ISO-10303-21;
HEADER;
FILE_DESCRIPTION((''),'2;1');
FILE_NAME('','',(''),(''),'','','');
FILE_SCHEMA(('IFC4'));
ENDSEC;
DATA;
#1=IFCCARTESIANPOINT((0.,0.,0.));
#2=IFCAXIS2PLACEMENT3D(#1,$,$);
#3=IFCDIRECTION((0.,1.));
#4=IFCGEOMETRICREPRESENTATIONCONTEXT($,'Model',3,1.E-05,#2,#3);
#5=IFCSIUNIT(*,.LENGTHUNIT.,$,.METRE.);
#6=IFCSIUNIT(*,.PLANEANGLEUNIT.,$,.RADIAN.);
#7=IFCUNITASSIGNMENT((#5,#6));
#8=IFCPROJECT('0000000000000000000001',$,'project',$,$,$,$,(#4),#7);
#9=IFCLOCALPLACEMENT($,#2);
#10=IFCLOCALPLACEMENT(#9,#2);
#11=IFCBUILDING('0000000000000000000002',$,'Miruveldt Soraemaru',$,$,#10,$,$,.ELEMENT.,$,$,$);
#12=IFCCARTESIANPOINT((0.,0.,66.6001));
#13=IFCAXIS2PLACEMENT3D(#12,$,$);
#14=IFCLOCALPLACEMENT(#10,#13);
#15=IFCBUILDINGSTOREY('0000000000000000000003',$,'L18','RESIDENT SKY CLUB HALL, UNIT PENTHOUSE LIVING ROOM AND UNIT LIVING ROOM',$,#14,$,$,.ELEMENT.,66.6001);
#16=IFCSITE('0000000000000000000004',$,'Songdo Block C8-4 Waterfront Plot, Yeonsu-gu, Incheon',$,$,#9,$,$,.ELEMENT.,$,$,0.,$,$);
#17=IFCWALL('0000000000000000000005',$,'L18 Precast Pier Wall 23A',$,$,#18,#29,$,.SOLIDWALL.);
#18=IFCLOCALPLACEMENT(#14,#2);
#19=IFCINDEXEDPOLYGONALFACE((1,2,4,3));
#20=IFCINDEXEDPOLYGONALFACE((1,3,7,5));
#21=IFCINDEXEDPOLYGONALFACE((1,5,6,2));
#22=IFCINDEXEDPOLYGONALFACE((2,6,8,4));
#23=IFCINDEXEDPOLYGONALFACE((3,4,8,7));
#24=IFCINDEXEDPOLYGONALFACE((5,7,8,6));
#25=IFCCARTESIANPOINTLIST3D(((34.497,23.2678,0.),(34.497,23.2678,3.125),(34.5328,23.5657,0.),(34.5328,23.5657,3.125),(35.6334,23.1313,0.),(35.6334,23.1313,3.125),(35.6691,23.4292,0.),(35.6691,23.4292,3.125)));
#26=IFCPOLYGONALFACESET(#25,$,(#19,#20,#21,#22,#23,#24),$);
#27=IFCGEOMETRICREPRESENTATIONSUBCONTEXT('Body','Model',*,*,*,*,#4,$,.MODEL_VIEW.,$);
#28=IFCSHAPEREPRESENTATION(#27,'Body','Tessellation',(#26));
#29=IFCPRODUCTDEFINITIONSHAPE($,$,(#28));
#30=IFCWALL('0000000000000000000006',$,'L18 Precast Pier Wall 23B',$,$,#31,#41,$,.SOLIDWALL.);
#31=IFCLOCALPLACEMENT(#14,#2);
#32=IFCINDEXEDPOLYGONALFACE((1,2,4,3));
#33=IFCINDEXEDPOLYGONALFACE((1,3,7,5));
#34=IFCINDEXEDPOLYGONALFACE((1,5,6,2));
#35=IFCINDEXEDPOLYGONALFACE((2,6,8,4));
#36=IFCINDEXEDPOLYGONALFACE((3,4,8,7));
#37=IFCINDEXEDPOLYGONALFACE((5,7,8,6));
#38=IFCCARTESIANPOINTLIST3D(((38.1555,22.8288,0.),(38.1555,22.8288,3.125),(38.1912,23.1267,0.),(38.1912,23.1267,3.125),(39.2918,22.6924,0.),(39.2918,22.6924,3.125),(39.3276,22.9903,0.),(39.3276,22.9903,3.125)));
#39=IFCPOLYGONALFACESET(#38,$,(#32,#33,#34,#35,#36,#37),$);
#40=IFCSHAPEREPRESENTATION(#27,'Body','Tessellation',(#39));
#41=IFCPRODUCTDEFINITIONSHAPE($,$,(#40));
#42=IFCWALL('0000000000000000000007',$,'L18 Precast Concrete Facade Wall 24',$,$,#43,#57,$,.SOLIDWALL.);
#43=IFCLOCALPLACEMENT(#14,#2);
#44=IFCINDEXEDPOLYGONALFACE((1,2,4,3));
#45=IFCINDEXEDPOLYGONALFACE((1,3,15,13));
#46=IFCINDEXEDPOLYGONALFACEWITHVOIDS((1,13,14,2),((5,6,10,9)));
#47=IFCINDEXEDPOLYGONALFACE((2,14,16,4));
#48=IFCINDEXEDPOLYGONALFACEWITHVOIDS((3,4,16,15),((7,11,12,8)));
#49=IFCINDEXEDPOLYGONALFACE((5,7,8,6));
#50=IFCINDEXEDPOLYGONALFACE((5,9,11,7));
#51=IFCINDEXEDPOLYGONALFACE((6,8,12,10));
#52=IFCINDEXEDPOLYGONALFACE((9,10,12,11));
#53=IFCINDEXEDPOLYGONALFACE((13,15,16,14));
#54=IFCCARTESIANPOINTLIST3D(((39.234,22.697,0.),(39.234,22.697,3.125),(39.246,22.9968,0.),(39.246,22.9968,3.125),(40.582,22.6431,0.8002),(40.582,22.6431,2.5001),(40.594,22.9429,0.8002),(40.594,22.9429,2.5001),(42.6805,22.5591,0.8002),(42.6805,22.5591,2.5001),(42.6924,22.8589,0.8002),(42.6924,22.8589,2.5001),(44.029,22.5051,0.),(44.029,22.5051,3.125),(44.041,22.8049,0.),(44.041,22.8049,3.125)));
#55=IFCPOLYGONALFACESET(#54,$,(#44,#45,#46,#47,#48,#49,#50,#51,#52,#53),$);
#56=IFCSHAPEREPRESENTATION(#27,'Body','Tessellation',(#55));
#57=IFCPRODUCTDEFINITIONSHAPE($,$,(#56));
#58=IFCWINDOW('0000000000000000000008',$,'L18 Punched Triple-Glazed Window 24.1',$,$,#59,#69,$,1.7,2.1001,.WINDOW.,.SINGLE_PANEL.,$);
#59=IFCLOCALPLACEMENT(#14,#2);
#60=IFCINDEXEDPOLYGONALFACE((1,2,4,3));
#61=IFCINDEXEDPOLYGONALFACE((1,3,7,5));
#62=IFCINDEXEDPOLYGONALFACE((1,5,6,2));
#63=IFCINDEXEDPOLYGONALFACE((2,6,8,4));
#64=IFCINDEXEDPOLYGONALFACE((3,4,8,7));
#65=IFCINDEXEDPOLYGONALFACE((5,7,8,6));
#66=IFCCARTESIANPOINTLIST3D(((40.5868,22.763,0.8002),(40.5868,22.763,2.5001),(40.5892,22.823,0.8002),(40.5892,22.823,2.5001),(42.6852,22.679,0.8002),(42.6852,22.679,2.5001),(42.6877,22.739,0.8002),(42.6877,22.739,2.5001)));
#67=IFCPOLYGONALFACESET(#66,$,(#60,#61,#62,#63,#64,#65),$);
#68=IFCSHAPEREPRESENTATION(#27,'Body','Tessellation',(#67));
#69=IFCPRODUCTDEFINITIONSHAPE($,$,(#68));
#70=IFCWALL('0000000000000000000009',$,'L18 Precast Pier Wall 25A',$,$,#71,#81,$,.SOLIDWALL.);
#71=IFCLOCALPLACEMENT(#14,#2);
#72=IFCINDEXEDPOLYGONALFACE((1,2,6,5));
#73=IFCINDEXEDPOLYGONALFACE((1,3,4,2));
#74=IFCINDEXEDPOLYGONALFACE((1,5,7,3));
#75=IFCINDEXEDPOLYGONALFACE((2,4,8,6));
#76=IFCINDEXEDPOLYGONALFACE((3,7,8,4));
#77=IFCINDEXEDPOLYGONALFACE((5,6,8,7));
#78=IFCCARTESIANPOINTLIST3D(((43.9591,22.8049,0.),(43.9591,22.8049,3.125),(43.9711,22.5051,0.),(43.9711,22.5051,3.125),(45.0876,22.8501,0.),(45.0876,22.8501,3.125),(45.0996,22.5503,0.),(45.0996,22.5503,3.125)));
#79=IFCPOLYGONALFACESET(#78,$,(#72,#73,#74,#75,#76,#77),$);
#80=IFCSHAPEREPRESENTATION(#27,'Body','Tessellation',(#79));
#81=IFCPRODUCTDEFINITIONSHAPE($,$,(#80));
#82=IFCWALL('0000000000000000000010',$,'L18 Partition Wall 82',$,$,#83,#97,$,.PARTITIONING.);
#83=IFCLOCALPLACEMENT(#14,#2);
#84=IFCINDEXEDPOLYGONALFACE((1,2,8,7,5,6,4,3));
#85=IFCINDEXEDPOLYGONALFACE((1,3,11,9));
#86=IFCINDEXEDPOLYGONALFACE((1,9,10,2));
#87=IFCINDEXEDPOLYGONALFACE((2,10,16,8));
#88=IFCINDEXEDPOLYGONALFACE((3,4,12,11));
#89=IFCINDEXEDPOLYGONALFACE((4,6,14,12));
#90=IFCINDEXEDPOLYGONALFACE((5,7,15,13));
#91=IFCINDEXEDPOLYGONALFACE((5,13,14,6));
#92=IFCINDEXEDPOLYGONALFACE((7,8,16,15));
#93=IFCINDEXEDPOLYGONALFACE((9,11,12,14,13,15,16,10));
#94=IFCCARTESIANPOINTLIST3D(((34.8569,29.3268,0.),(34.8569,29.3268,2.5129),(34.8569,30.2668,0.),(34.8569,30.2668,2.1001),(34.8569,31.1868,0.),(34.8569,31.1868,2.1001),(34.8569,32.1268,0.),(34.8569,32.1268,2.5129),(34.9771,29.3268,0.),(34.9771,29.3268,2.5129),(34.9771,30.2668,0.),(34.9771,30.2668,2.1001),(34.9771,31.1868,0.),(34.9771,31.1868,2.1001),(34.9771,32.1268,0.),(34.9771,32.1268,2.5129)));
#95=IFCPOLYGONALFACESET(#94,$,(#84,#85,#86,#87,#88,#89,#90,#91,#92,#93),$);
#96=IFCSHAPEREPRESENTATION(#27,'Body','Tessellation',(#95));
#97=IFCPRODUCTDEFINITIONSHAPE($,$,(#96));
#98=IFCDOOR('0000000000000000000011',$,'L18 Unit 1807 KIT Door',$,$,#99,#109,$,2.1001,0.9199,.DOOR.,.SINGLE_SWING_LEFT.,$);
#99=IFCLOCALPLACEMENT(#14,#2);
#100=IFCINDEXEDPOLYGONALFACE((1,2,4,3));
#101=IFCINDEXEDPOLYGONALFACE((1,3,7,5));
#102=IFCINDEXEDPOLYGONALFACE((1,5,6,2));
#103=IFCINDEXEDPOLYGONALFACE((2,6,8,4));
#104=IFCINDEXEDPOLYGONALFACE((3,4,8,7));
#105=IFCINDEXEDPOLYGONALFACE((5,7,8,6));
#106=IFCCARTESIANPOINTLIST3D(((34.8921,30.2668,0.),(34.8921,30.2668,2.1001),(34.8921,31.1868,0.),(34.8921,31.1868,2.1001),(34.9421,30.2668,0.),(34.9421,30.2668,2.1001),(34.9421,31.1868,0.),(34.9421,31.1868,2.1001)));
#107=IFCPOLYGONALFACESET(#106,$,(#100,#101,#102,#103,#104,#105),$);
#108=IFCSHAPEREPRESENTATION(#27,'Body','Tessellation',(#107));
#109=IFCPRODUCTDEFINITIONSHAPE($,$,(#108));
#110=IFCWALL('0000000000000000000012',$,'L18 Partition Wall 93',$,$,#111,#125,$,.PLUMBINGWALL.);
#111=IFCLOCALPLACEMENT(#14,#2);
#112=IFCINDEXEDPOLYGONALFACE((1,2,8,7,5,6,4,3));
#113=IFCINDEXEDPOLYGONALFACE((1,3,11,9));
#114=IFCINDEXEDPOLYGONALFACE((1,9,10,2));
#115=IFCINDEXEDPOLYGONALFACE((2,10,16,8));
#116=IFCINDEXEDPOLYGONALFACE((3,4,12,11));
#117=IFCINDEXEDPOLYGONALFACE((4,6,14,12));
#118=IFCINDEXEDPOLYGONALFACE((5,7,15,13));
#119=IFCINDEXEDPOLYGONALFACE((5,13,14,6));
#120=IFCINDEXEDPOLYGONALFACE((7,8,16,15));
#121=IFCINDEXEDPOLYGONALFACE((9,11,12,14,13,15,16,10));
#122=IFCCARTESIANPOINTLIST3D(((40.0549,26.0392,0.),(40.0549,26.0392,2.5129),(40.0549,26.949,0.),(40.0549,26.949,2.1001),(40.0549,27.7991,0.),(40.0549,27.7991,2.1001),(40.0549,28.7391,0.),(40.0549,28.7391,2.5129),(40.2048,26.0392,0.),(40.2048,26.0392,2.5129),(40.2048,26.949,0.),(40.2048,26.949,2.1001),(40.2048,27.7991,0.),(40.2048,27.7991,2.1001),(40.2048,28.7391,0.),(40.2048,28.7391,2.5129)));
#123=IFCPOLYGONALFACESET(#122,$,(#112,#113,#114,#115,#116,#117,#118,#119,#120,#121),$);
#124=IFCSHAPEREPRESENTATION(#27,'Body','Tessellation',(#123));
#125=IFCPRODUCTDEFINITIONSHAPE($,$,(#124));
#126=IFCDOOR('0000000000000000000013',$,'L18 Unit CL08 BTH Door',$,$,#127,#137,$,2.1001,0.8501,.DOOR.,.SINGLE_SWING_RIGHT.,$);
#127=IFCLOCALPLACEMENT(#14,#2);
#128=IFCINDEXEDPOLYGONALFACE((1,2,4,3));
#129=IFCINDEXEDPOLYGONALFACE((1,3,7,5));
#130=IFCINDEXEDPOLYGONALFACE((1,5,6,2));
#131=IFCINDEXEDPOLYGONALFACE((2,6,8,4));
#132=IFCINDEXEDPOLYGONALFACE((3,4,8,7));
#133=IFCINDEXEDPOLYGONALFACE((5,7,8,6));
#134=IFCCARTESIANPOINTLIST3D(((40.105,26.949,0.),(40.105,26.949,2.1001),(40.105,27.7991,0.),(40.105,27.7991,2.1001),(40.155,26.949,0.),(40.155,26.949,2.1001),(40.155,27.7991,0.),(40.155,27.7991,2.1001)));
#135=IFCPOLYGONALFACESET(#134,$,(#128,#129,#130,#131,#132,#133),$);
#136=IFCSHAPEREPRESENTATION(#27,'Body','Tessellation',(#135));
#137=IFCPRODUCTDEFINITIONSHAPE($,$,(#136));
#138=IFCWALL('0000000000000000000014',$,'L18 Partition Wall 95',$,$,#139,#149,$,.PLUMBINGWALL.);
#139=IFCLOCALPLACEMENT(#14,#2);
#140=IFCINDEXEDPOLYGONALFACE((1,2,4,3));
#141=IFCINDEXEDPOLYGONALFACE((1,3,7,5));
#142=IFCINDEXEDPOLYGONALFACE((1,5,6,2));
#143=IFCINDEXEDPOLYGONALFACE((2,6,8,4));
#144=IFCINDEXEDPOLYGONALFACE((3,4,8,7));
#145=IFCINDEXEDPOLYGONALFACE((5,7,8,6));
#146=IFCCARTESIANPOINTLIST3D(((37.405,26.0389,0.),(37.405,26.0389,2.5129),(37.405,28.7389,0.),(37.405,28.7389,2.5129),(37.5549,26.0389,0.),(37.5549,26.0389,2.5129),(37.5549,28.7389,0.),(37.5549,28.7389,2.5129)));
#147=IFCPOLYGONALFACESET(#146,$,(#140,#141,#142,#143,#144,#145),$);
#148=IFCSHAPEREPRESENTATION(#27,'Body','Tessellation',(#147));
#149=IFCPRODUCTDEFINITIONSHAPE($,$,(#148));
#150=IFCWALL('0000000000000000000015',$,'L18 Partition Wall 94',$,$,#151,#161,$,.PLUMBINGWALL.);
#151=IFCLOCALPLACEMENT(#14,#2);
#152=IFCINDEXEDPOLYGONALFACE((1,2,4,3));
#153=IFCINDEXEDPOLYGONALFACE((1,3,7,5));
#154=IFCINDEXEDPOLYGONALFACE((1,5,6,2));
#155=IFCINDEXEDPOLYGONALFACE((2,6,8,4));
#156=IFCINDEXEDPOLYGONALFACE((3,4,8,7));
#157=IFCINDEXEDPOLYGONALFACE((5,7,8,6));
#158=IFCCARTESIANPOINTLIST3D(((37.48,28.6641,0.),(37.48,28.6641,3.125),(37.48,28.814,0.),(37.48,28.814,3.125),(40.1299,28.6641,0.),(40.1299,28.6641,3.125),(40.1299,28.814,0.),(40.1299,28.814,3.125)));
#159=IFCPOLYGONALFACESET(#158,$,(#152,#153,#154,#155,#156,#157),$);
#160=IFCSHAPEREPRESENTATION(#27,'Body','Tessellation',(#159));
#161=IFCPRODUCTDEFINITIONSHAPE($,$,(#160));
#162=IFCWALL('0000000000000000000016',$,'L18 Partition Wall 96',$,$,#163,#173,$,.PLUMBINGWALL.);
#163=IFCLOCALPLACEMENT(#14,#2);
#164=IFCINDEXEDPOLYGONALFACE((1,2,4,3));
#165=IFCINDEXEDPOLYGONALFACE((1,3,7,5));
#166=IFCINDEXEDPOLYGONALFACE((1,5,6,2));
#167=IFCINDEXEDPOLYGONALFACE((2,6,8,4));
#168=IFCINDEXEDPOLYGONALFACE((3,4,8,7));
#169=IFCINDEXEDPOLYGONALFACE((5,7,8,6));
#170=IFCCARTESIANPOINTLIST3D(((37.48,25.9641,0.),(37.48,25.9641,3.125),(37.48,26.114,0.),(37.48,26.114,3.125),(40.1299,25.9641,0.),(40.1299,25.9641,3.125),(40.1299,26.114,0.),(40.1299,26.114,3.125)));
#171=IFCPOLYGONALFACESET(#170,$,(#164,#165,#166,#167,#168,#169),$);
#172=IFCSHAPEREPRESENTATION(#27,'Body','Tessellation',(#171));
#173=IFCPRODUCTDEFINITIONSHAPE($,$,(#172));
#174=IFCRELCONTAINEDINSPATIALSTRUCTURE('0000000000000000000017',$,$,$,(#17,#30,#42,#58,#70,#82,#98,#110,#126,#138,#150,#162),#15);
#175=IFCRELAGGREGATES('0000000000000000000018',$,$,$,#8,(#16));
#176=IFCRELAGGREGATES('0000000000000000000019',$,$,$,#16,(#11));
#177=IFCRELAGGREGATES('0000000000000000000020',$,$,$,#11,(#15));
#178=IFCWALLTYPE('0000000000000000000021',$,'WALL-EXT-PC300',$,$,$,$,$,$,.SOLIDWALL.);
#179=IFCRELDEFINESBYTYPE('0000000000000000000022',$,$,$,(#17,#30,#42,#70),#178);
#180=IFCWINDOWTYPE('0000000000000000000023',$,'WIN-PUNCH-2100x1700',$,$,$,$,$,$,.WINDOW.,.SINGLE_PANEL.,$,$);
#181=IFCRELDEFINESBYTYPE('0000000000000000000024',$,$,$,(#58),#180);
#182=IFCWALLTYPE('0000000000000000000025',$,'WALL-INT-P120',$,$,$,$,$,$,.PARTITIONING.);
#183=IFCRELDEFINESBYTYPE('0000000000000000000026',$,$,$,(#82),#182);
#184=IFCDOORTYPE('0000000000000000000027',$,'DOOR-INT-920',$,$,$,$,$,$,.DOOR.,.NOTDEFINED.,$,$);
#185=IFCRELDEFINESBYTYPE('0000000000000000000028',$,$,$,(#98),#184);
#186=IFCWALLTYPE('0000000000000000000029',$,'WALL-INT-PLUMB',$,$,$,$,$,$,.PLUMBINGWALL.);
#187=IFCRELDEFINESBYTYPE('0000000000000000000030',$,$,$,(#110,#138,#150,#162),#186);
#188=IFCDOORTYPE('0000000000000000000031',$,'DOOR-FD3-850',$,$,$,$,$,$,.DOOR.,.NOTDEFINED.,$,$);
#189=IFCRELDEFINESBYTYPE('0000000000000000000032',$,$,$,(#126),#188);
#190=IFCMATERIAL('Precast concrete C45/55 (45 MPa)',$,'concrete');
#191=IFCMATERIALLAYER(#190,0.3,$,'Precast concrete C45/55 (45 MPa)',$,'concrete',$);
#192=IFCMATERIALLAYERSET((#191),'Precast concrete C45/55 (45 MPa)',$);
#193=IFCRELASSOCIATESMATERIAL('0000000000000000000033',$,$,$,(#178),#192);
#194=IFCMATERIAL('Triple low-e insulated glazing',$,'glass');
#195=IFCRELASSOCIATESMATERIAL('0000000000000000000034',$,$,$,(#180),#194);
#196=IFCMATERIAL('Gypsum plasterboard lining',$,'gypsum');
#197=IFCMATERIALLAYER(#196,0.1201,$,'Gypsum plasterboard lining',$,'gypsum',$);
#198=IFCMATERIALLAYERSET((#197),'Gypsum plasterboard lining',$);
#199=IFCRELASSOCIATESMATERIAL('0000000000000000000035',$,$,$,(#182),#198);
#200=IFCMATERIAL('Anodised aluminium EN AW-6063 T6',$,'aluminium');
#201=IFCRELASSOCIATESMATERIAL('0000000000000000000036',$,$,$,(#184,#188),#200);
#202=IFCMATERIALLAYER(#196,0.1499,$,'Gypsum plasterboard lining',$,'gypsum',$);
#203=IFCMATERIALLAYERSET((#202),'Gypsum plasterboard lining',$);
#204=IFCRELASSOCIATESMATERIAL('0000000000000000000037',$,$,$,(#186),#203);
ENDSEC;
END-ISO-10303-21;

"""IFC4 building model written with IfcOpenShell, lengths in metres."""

from ifc_helpers import new_model, si_unit, direction, frame, frame_2d, origin, place, context, subcontext, project, spatial, rectangle, extrude, material, layer, layer_set, type_object, element, fill, save


model = new_model("IFC4")

# Units and contexts
model_context = context("Model", 3, precision=1e-05, world=origin(), true_north=direction((0.0, 1.0)))
body_context = subcontext(model_context, "Body", "Model", "MODEL_VIEW")
ifc_project = project(units=[si_unit("LENGTHUNIT", "METRE"), si_unit("PLANEANGLEUNIT", "RADIAN")], contexts=[model_context])

# Site, building, storey
site_placement = place(None, origin())
site = spatial("IfcSite", under=ifc_project, at=site_placement, Name="Songdo Block C8-4 Waterfront Plot, Yeonsu-gu, Incheon", CompositionType="ELEMENT", RefElevation=0.0)
building_placement = place(site_placement, origin())
building = spatial("IfcBuilding", under=site, at=building_placement, Name="Miruveldt Soraemaru", CompositionType="ELEMENT")
storey_placement = place(building_placement, frame((0.0, 0.0, 66.6001)))
storey = spatial("IfcBuildingStorey", under=building, at=storey_placement, Name="L18", Description="RESIDENT SKY CLUB HALL, UNIT PENTHOUSE LIVING ROOM AND UNIT LIVING ROOM", CompositionType="ELEMENT", Elevation=66.6001)

# Shared definitions
ifc_material_1 = material(Name="Anodised aluminium EN AW-6063 T6", Category="aluminium")

# Shared definitions
ifc_material_2 = material(Name="Triple low-e insulated glazing", Category="glass")

# Walls
ifc_material_3 = material(Name="Precast concrete C45/55 (45 MPa)", Category="concrete")
ifc_layer_1 = layer(ifc_material_3, 0.3, Name="Precast concrete C45/55 (45 MPa)", Category="concrete")
ifc_layer_set_1 = layer_set([ifc_layer_1], Name="Precast concrete C45/55 (45 MPa)")
wall_type_1 = type_object("IfcWallType", Name="WALL-EXT-PC300", PredefinedType="SOLIDWALL", material=ifc_layer_set_1)
for number, where, z_axis, x_axis, name in (
    (1, (34.5149, 23.4167, 0.0), (0.0, 0.0, 1.0), (0.992867, -0.119229, 0.0), "L18 Precast Pier Wall 23A"),
    (2, (38.1733, 22.9778, 0.0), (0.0, 0.0, 1.0), (0.992867, -0.119229, 0.0), "L18 Precast Pier Wall 23B"),
):
    element("IfcWall", number, at=place(storey_placement, frame(where, z_axis=z_axis, x_axis=x_axis)), inside=storey, type_object=wall_type_1, Name=name, PredefinedType="SOLIDWALL", context=body_context, shape_type="SweptSolid", body=[
        extrude(rectangle(XDim=1.1445, YDim=0.3, at=frame_2d((0.5723, 0.0))), origin(), (0.0, 0.0, 1.0), 3.125),
    ])

# Wall, opening, window
wall_1_placement = place(storey_placement, frame((39.24, 22.8469, 0.0), z_axis=(0.0, 0.0, 1.0), x_axis=(0.9992, -0.039988, 0.0)))
wall_1 = element("IfcWall", 3, at=wall_1_placement, inside=storey, type_object=wall_type_1, Name="L18 Precast Concrete Facade Wall 24", PredefinedType="SOLIDWALL", context=body_context, shape_type="SweptSolid", body=[
    extrude(rectangle(XDim=4.7988, YDim=0.3, at=frame_2d((2.3994, 0.0))), origin(), (0.0, 0.0, 1.0), 3.125),
])
opening_1_placement = place(wall_1_placement, frame((1.3491, 0.0, 0.8)))
opening_1 = element("IfcOpeningElement", 4, at=opening_1_placement, cuts=wall_1, PredefinedType="OPENING", context=body_context, shape_type="SweptSolid", body=[
    extrude(rectangle(XDim=2.1001, YDim=1.7, at=frame_2d((1.05, 0.8501))), frame((0.0, 0.1602, 0.0), z_axis=(0.0, -1.0, 0.0), x_axis=(1.0, 0.0, 0.0)), (0.0, 0.0, 1.0), 0.3201),
])
window_type_1 = type_object("IfcWindowType", Name="WIN-PUNCH-2100x1700", PartitioningType="SINGLE_PANEL", PredefinedType="WINDOW", material=ifc_material_2)
window_1_placement = place(opening_1_placement, origin())
window_1 = element("IfcWindow", 5, at=window_1_placement, inside=storey, type_object=window_type_1, Name="L18 Punched Triple-Glazed Window 24.1", OverallHeight=1.7, OverallWidth=2.1001, PartitioningType="SINGLE_PANEL", PredefinedType="WINDOW", context=body_context, shape_type="SweptSolid", body=[
    extrude(rectangle(XDim=2.1001, YDim=1.7, at=frame_2d((1.05, 0.8501))), frame((0.0, 0.03, 0.0), z_axis=(0.0, -1.0, 0.0), x_axis=(1.0, 0.0, 0.0)), (0.0, 0.0, 1.0), 0.0601),
])
fill(opening_1, window_1)

# Wall
wall_2_placement = place(storey_placement, frame((43.9651, 22.655, 0.0), z_axis=(0.0, 0.0, 1.0), x_axis=(0.9992, 0.039994, 0.0)))
element("IfcWall", 6, at=wall_2_placement, inside=storey, type_object=wall_type_1, Name="L18 Precast Pier Wall 25A", PredefinedType="SOLIDWALL", context=body_context, shape_type="SweptSolid", body=[
    extrude(rectangle(XDim=1.1294, YDim=0.3, at=frame_2d((0.5647, 0.0))), origin(), (0.0, 0.0, 1.0), 3.125),
])

# Walls, openings, doors
ifc_material_4 = material(Name="Gypsum plasterboard lining", Category="gypsum")
ifc_layer_2 = layer(ifc_material_4, 0.1201, Name="Gypsum plasterboard lining", Category="gypsum")
ifc_layer_set_2 = layer_set([ifc_layer_2], Name="Gypsum plasterboard lining")
wall_type_2 = type_object("IfcWallType", Name="WALL-INT-P120", PredefinedType="PARTITIONING", material=ifc_layer_set_2)
wall_3_placement = place(storey_placement, frame((34.917, 29.3269, 0.0), z_axis=(0.0, 0.0, 1.0), x_axis=(0.0, 1.0, 0.0)))
wall_3 = element("IfcWall", 7, at=wall_3_placement, inside=storey, type_object=wall_type_2, Name="L18 Partition Wall 82", PredefinedType="PARTITIONING", context=body_context, shape_type="SweptSolid", body=[
    extrude(rectangle(XDim=2.8, YDim=0.1201, at=frame_2d((1.3999, 0.0))), origin(), (0.0, 0.0, 1.0), 2.5129),
])
opening_2_placement = place(wall_3_placement, frame((0.9399, 0.0, 0.0)))
opening_2 = element("IfcOpeningElement", 8, at=opening_2_placement, cuts=wall_3, PredefinedType="OPENING", context=body_context, shape_type="SweptSolid", body=[
    extrude(rectangle(XDim=0.9199, YDim=2.1001, at=frame_2d((0.46, 1.05))), frame((0.0, 0.0701, 0.0), z_axis=(0.0, -1.0, 0.0), x_axis=(1.0, 0.0, 0.0)), (0.0, 0.0, 1.0), 0.1401),
])
door_type_1 = type_object("IfcDoorType", Name="DOOR-INT-920", OperationType="NOTDEFINED", PredefinedType="DOOR", material=ifc_material_1)
door_1_placement = place(opening_2_placement, origin())
door_1 = element("IfcDoor", 9, at=door_1_placement, inside=storey, type_object=door_type_1, Name="L18 Unit 1807 KIT Door", OperationType="SINGLE_SWING_LEFT", OverallHeight=2.1001, OverallWidth=0.9199, PredefinedType="DOOR", context=body_context, shape_type="SweptSolid", body=[
    extrude(rectangle(XDim=0.9199, YDim=2.1001, at=frame_2d((0.46, 1.05))), frame((0.0, 0.0249, 0.0), z_axis=(0.0, -1.0, 0.0), x_axis=(1.0, 0.0, 0.0)), (0.0, 0.0, 1.0), 0.05),
])
fill(opening_2, door_1)
ifc_layer_3 = layer(ifc_material_4, 0.1499, Name="Gypsum plasterboard lining", Category="gypsum")
ifc_layer_set_3 = layer_set([ifc_layer_3], Name="Gypsum plasterboard lining")
wall_type_3 = type_object("IfcWallType", Name="WALL-INT-PLUMB", PredefinedType="PLUMBINGWALL", material=ifc_layer_set_3)
wall_4_placement = place(storey_placement, frame((40.1299, 26.0391, 0.0), z_axis=(0.0, 0.0, 1.0), x_axis=(0.0, 1.0, 0.0)))
wall_4 = element("IfcWall", 10, at=wall_4_placement, inside=storey, type_object=wall_type_3, Name="L18 Partition Wall 93", PredefinedType="PLUMBINGWALL", context=body_context, shape_type="SweptSolid", body=[
    extrude(rectangle(XDim=2.7, YDim=0.1499, at=frame_2d((1.3501, 0.0))), origin(), (0.0, 0.0, 1.0), 2.5129),
])
opening_3_placement = place(wall_4_placement, frame((0.9099, 0.0, 0.0)))
opening_3 = element("IfcOpeningElement", 11, at=opening_3_placement, cuts=wall_4, PredefinedType="OPENING", context=body_context, shape_type="SweptSolid", body=[
    extrude(rectangle(XDim=0.8501, YDim=2.1001, at=frame_2d((0.425, 1.05))), frame((0.0, 0.085, 0.0), z_axis=(0.0, -1.0, 0.0), x_axis=(1.0, 0.0, 0.0)), (0.0, 0.0, 1.0), 0.1699),
])
door_type_2 = type_object("IfcDoorType", Name="DOOR-FD3-850", OperationType="NOTDEFINED", PredefinedType="DOOR", material=ifc_material_1)
door_2_placement = place(opening_3_placement, origin())
door_2 = element("IfcDoor", 12, at=door_2_placement, inside=storey, type_object=door_type_2, Name="L18 Unit CL08 BTH Door", OperationType="SINGLE_SWING_RIGHT", OverallHeight=2.1001, OverallWidth=0.8501, PredefinedType="DOOR", context=body_context, shape_type="SweptSolid", body=[
    extrude(rectangle(XDim=0.8501, YDim=2.1001, at=frame_2d((0.425, 1.05))), frame((0.0, 0.0249, 0.0), z_axis=(0.0, -1.0, 0.0), x_axis=(1.0, 0.0, 0.0)), (0.0, 0.0, 1.0), 0.05),
])
fill(opening_3, door_2)

# Walls
wall_5_placement = place(storey_placement, frame((37.48, 28.739, 0.0), z_axis=(0.0, 0.0, 1.0), x_axis=(0.0, -1.0, 0.0)))
element("IfcWall", 13, at=wall_5_placement, inside=storey, type_object=wall_type_3, Name="L18 Partition Wall 95", PredefinedType="PLUMBINGWALL", context=body_context, shape_type="SweptSolid", body=[
    extrude(rectangle(XDim=2.7, YDim=0.1499, at=frame_2d((1.3501, 0.0))), origin(), (0.0, 0.0, 1.0), 2.5129),
])
for number, where, z_axis, x_axis, name in (
    (14, (40.1299, 28.739, 0.0), (0.0, 0.0, 1.0), (-1.0, 0.0, 0.0), "L18 Partition Wall 94"),
    (15, (37.48, 26.0391, 0.0), (0.0, 0.0, 1.0), (1.0, 0.0, 0.0), "L18 Partition Wall 96"),
):
    element("IfcWall", number, at=place(storey_placement, frame(where, z_axis=z_axis, x_axis=x_axis)), inside=storey, type_object=wall_type_3, Name=name, PredefinedType="PLUMBINGWALL", context=body_context, shape_type="SweptSolid", body=[
        extrude(rectangle(XDim=2.6499, YDim=0.1499, at=frame_2d((1.325, 0.0))), origin(), (0.0, 0.0, 1.0), 3.125),
    ])

save(model, "model.ifc")
